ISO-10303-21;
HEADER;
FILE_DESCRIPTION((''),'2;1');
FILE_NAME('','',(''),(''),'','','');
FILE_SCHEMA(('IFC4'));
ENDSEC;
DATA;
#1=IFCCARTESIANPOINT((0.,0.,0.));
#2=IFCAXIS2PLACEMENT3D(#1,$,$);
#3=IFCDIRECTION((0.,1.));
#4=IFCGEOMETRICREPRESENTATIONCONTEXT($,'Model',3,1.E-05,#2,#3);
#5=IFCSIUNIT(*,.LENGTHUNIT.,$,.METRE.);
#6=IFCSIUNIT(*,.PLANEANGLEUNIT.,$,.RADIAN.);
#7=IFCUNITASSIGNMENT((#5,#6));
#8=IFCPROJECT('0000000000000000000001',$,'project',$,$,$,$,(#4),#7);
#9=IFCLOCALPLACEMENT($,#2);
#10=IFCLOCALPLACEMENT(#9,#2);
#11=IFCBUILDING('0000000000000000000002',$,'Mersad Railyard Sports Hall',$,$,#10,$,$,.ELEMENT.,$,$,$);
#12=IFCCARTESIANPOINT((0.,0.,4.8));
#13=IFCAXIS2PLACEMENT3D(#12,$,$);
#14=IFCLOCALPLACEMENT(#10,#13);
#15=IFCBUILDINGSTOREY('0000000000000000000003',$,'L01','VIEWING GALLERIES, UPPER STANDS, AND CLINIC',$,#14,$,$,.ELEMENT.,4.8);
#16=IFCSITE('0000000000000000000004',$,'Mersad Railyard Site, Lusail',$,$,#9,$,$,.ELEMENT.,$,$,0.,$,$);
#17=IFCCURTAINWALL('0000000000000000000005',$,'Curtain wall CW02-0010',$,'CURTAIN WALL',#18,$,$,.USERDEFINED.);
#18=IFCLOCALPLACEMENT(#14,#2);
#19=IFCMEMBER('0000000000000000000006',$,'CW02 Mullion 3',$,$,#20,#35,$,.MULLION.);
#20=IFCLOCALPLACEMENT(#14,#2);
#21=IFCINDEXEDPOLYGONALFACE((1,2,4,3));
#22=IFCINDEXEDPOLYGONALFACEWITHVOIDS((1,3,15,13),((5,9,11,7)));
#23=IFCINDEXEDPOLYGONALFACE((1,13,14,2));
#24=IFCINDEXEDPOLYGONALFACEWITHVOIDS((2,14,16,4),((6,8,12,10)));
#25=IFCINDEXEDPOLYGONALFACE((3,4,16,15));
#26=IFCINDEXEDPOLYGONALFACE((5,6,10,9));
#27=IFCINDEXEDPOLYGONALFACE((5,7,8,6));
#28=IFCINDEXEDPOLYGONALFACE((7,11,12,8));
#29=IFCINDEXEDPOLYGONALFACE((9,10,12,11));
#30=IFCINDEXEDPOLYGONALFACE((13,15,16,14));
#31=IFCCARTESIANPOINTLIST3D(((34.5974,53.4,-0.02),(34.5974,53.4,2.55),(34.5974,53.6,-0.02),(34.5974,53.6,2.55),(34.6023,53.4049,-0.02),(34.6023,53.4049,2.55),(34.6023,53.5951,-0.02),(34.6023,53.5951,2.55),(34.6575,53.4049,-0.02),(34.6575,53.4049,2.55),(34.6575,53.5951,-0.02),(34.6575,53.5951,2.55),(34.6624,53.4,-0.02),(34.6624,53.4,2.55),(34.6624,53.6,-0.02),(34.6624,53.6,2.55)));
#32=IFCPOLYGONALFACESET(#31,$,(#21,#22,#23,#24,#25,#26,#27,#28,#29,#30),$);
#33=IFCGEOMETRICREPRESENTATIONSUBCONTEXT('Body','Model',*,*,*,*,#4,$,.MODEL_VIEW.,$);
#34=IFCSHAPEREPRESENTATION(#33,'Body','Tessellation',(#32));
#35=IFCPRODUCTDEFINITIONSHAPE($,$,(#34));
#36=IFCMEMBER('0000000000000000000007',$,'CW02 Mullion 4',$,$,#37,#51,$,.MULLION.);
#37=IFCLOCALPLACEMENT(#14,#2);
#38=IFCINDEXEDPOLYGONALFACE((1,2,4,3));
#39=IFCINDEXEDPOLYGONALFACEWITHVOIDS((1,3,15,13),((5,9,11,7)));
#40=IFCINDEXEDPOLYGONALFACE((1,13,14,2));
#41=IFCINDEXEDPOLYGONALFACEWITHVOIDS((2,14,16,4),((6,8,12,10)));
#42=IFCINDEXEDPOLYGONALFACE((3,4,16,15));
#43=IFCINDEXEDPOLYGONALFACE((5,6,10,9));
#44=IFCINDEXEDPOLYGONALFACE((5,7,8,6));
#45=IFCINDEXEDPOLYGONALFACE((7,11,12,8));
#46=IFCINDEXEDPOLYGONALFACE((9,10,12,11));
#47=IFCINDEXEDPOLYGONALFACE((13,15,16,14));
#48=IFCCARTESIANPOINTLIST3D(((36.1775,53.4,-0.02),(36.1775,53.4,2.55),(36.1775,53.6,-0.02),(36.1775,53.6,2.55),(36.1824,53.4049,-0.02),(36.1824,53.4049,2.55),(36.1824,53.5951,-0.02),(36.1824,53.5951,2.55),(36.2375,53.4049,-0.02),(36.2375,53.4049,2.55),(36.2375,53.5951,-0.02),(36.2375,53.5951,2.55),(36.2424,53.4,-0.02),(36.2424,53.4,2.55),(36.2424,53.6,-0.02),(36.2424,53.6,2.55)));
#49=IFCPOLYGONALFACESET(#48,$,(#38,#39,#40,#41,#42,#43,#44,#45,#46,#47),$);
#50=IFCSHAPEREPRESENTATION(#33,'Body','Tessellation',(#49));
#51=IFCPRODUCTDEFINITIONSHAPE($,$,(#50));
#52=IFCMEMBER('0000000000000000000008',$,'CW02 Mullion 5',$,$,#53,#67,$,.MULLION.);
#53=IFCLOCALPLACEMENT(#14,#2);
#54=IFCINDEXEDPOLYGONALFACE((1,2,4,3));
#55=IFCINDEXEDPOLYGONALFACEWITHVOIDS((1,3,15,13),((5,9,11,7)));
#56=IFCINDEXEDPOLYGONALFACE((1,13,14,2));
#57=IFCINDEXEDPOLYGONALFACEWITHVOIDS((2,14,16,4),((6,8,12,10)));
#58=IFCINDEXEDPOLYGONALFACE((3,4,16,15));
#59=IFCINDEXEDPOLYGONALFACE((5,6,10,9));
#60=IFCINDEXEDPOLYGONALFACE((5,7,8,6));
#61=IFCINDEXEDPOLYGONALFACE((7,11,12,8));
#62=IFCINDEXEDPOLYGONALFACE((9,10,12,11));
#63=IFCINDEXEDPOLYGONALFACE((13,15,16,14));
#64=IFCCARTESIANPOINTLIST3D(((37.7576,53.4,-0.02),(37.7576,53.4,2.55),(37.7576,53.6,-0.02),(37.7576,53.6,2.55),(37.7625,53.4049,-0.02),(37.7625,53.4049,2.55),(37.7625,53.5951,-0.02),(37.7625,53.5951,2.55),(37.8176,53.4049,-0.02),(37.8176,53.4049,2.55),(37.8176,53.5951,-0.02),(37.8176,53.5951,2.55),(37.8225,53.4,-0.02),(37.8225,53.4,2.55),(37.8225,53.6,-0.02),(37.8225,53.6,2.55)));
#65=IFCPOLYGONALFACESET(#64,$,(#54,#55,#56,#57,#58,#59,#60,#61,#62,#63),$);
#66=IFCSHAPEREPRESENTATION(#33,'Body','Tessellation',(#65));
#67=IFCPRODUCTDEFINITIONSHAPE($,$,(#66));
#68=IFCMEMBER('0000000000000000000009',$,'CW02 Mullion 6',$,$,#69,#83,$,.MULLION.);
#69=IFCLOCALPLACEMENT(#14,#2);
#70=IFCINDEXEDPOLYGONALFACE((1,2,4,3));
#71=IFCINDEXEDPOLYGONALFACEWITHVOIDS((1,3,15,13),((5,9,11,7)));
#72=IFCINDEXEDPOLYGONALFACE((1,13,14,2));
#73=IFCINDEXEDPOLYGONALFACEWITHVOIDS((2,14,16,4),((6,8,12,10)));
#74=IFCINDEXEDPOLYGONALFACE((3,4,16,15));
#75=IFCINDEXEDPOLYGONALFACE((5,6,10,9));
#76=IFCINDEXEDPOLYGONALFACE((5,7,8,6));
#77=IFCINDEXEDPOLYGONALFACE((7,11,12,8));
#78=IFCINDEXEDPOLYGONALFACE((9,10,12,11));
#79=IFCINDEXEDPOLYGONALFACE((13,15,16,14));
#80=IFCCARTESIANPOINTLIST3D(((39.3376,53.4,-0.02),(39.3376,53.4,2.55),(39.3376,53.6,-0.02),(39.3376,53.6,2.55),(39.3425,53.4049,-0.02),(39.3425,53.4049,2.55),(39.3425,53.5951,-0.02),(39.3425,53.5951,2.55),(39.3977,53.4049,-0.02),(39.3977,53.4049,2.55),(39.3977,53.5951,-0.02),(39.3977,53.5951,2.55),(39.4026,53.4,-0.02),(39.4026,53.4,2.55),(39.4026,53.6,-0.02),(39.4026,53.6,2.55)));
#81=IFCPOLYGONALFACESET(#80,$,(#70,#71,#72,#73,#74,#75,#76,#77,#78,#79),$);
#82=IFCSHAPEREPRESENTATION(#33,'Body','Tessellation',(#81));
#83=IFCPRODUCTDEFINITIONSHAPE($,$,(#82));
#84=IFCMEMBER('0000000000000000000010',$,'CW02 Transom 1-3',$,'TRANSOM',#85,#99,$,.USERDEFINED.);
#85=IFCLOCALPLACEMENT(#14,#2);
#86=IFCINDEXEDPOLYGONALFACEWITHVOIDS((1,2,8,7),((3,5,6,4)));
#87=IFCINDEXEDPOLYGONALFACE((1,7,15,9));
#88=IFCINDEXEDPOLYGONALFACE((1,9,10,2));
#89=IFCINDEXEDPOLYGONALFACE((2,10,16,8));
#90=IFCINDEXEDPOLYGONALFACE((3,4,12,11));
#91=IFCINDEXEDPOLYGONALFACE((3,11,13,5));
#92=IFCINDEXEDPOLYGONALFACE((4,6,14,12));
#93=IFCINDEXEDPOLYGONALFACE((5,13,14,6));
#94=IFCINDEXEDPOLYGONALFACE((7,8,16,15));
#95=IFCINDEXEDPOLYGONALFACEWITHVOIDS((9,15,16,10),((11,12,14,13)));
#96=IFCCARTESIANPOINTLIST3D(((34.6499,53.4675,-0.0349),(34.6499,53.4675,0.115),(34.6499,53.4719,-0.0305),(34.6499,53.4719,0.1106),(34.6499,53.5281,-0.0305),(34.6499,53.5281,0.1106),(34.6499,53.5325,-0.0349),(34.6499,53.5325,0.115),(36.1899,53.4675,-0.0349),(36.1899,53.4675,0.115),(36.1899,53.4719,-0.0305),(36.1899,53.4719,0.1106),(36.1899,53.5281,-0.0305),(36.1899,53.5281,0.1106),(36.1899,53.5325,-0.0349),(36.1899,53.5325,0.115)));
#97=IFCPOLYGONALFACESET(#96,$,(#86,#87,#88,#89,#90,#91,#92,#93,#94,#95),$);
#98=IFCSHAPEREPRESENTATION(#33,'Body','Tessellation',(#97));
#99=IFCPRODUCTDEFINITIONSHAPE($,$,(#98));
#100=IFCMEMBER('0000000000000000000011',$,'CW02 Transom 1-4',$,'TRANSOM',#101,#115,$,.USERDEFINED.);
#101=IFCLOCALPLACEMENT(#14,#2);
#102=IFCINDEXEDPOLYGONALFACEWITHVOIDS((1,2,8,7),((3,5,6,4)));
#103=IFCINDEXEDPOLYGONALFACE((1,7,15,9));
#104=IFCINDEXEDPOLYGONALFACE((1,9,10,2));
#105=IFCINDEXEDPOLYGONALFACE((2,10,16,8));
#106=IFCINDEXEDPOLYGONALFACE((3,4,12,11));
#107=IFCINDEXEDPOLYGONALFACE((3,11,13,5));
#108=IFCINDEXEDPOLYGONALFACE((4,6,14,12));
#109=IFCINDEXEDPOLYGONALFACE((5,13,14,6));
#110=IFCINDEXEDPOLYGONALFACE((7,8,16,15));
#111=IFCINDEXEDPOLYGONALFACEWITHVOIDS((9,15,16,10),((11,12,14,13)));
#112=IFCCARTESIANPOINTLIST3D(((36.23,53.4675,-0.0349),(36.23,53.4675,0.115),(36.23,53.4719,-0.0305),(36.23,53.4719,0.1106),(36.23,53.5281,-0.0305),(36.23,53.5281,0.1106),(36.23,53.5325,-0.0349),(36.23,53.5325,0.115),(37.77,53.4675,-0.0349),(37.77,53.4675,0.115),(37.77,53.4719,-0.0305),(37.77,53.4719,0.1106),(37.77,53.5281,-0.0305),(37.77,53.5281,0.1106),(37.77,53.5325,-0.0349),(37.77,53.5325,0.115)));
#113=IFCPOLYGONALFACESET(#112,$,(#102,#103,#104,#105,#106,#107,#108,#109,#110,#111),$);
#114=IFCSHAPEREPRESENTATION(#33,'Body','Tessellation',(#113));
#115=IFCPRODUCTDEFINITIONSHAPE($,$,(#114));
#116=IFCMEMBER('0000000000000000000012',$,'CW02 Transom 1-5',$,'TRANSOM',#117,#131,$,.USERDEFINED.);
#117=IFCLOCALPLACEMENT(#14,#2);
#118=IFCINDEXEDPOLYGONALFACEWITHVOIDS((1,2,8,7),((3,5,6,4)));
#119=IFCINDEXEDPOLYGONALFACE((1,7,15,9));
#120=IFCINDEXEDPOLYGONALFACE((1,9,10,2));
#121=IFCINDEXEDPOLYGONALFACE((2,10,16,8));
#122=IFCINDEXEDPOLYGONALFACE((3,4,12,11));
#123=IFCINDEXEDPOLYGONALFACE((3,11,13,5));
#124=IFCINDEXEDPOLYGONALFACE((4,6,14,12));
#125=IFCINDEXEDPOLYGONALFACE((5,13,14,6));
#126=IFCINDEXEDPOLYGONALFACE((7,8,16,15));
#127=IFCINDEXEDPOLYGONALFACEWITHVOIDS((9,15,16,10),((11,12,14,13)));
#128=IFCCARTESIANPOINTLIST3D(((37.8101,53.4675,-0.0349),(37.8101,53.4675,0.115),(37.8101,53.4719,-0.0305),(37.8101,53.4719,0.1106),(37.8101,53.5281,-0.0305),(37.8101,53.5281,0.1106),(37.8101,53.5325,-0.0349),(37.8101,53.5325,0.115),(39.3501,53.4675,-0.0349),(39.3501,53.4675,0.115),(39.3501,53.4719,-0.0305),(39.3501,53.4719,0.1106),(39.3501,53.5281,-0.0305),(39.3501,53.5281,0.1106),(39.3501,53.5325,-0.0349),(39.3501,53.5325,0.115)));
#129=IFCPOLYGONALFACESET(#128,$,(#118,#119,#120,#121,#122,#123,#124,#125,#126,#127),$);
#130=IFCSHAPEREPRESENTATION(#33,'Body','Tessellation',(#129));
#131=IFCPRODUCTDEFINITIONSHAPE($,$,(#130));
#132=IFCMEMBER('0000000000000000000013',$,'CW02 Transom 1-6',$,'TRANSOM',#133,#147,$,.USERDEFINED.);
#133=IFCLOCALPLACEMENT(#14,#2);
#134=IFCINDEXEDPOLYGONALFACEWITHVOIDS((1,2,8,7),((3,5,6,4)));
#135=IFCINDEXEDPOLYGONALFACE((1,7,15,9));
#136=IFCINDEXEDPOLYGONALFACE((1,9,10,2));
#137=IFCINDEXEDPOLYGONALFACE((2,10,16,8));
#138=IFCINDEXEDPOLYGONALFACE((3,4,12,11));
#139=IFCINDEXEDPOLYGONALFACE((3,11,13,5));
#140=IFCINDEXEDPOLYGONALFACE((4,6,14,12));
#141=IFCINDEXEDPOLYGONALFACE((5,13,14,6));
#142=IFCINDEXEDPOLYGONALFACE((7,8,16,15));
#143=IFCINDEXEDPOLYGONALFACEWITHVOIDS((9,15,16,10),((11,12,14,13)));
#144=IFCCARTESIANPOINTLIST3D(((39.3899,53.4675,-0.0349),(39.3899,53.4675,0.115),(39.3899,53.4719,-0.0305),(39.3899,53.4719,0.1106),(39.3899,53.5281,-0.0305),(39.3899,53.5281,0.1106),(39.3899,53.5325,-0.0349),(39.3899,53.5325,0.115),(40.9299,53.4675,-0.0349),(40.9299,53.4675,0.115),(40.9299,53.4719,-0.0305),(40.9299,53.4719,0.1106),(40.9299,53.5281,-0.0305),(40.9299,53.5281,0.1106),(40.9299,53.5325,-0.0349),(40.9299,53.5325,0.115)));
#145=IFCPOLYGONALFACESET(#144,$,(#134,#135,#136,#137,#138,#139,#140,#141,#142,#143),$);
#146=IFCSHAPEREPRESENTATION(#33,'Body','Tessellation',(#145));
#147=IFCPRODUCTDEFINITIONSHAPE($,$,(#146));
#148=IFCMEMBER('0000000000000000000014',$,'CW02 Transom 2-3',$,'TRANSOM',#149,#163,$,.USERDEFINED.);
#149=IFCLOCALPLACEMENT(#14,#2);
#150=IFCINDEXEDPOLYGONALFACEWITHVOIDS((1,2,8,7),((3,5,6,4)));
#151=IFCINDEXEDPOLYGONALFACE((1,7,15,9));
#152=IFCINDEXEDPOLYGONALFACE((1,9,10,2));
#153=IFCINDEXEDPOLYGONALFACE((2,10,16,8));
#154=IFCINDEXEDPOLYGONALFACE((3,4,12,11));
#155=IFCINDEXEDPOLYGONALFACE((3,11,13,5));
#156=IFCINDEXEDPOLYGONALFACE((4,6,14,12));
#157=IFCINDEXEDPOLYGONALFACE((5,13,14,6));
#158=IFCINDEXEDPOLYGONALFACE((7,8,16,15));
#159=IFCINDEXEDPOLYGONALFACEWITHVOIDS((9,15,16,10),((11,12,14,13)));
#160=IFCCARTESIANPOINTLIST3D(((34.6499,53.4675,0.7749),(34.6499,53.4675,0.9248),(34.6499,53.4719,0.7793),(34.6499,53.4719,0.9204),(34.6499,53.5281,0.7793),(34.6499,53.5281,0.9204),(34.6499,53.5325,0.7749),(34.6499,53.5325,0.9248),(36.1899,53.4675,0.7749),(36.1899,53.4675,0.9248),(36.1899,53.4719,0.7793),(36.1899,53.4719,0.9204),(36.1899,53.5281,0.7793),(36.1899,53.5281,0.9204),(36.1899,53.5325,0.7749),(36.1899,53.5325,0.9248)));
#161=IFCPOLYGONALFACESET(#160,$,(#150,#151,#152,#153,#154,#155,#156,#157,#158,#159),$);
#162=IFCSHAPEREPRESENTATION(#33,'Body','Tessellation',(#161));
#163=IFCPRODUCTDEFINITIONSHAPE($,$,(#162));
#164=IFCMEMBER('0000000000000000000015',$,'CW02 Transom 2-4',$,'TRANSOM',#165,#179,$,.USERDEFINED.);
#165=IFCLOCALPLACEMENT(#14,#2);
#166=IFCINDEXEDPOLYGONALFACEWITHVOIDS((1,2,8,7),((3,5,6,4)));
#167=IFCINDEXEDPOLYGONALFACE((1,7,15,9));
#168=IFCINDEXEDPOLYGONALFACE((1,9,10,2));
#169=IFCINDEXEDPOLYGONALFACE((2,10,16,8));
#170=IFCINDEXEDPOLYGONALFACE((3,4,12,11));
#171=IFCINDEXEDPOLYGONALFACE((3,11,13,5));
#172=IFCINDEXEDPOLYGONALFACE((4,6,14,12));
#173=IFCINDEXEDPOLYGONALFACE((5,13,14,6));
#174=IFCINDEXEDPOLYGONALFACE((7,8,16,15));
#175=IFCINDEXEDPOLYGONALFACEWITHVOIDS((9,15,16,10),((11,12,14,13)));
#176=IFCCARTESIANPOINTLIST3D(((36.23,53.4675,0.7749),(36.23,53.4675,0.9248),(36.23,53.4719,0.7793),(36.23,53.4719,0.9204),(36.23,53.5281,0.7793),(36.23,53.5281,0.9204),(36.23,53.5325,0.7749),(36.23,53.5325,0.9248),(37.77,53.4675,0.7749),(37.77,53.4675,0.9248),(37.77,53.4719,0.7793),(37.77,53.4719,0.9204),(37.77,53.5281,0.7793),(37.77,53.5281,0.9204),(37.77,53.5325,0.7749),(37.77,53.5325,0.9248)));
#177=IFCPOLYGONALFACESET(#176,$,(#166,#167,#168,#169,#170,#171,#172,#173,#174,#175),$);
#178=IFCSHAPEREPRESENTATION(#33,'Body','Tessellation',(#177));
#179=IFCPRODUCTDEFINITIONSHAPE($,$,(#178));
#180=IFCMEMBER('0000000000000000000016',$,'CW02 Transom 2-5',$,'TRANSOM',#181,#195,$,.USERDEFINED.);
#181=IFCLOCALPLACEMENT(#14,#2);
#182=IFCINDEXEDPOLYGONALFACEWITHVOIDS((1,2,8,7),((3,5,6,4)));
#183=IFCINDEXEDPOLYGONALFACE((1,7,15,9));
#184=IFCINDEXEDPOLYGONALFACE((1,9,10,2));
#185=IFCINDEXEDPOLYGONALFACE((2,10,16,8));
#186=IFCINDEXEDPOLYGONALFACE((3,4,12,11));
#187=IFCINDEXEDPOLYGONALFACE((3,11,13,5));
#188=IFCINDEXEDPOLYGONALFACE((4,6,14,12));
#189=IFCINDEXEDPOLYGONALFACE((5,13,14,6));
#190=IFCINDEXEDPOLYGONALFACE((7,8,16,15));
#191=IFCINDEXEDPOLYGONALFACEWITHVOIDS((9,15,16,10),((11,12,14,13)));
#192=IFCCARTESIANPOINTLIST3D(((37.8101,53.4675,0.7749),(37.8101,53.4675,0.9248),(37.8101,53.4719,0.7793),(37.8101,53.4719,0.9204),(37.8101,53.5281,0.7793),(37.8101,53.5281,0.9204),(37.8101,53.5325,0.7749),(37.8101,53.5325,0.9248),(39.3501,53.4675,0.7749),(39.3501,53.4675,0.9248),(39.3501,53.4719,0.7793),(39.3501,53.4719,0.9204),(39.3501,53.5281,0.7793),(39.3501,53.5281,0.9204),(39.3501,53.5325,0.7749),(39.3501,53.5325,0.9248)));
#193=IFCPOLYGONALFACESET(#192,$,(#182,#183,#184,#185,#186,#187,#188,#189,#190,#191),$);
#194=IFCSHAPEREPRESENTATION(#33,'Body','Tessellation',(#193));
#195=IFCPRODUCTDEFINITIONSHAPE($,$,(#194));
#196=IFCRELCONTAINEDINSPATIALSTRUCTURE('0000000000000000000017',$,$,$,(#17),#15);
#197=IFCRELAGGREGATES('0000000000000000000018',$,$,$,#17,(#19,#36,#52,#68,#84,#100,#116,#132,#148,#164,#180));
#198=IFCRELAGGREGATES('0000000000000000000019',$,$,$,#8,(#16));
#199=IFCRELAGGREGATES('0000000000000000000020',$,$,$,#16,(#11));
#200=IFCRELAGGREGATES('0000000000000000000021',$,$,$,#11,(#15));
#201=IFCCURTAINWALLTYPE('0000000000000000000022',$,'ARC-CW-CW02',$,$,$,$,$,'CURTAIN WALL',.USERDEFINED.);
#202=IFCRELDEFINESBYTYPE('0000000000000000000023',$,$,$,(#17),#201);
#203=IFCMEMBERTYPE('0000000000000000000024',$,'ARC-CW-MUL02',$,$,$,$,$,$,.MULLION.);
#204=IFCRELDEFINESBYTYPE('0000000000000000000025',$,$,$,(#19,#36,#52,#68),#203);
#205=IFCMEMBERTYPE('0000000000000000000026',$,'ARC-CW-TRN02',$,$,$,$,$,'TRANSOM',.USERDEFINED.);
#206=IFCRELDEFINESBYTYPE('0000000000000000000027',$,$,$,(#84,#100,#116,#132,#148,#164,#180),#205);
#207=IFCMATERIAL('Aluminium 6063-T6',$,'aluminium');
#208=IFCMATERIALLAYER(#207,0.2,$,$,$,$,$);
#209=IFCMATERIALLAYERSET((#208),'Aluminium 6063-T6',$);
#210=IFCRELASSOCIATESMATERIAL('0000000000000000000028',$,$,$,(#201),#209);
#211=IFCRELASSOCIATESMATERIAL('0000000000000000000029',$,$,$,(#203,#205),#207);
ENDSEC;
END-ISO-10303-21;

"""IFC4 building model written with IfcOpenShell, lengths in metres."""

from ifc_helpers import new_model, si_unit, direction, frame, origin, origin_2d, place, context, subcontext, project, spatial, hollow_rectangle, extrude, material, layer, layer_set, material_profile, profile_set, type_object, element, aggregate, save


model = new_model("IFC4")

# Units and contexts
model_context = context("Model", 3, precision=1e-05, world=origin(), true_north=direction((0.0, 1.0)))
body_context = subcontext(model_context, "Body", "Model", "MODEL_VIEW")
ifc_project = project(units=[si_unit("LENGTHUNIT", "METRE"), si_unit("PLANEANGLEUNIT", "RADIAN")], contexts=[model_context])

# Site, building, storey
site_placement = place(None, origin())
site = spatial("IfcSite", under=ifc_project, at=site_placement, Name="Mersad Railyard Site, Lusail", CompositionType="ELEMENT", RefElevation=0.0)
building_placement = place(site_placement, origin())
building = spatial("IfcBuilding", under=site, at=building_placement, Name="Mersad Railyard Sports Hall", CompositionType="ELEMENT")
storey_placement = place(building_placement, frame((0.0, 0.0, 4.8)))
storey = spatial("IfcBuildingStorey", under=building, at=storey_placement, Name="L01", Description="VIEWING GALLERIES, UPPER STANDS, AND CLINIC", CompositionType="ELEMENT", Elevation=4.8)

# Curtain wall, members
ifc_material_1 = material(Name="Aluminium 6063-T6", Category="aluminium")
ifc_layer_1 = layer(ifc_material_1, 0.2)
ifc_layer_set_1 = layer_set([ifc_layer_1], Name="Aluminium 6063-T6")
curtain_wall_type = type_object("IfcCurtainWallType", Name="ARC-CW-CW02", ElementType="CURTAIN WALL", PredefinedType="USERDEFINED", material=ifc_layer_set_1)
curtain_wall_placement = place(storey_placement, origin())
curtain_wall = element("IfcCurtainWall", 1, at=curtain_wall_placement, inside=storey, type_object=curtain_wall_type, Name="Curtain wall CW02-0010", ObjectType="CURTAIN WALL", PredefinedType="USERDEFINED")
ifc_material_profile_1 = material_profile(ifc_material_1, hollow_rectangle(XDim=0.0649, YDim=0.2, WallThickness=0.0049, at=origin_2d()), Name="AL MULLION 65x200x5")
ifc_profile_set_1 = profile_set([ifc_material_profile_1], Name="Aluminium 6063-T6")
member_type_1 = type_object("IfcMemberType", Name="ARC-CW-MUL02", PredefinedType="MULLION", material=ifc_profile_set_1)
member_1_placement = place(storey_placement, frame((34.6299, 53.5, -0.02), z_axis=(0.0, 0.0, 1.0), x_axis=(1.0, 0.0, 0.0)))
member_1 = element("IfcMember", 2, at=member_1_placement, type_object=member_type_1, Name="CW02 Mullion 3", PredefinedType="MULLION", context=body_context, shape_type="SweptSolid", body=[
    extrude(hollow_rectangle(XDim=0.0649, YDim=0.2, WallThickness=0.0049, at=origin_2d()), origin(), (0.0, 0.0, 1.0), 2.5701),
])
member_2_placement = place(storey_placement, frame((36.21, 53.5, -0.02), z_axis=(0.0, 0.0, 1.0), x_axis=(1.0, 0.0, 0.0)))
member_2 = element("IfcMember", 3, at=member_2_placement, type_object=member_type_1, Name="CW02 Mullion 4", PredefinedType="MULLION", context=body_context, shape_type="SweptSolid", body=[
    extrude(hollow_rectangle(XDim=0.0649, YDim=0.2, WallThickness=0.0049, at=origin_2d()), origin(), (0.0, 0.0, 1.0), 2.5701),
])
member_3_placement = place(storey_placement, frame((37.79, 53.5, -0.02), z_axis=(0.0, 0.0, 1.0), x_axis=(1.0, 0.0, 0.0)))
member_3 = element("IfcMember", 4, at=member_3_placement, type_object=member_type_1, Name="CW02 Mullion 5", PredefinedType="MULLION", context=body_context, shape_type="SweptSolid", body=[
    extrude(hollow_rectangle(XDim=0.0649, YDim=0.2, WallThickness=0.0049, at=origin_2d()), origin(), (0.0, 0.0, 1.0), 2.5701),
])
member_4_placement = place(storey_placement, frame((39.3701, 53.5, -0.02), z_axis=(0.0, 0.0, 1.0), x_axis=(1.0, 0.0, 0.0)))
member_4 = element("IfcMember", 5, at=member_4_placement, type_object=member_type_1, Name="CW02 Mullion 6", PredefinedType="MULLION", context=body_context, shape_type="SweptSolid", body=[
    extrude(hollow_rectangle(XDim=0.0649, YDim=0.2, WallThickness=0.0049, at=origin_2d()), origin(), (0.0, 0.0, 1.0), 2.5701),
])
ifc_material_profile_2 = material_profile(ifc_material_1, hollow_rectangle(XDim=0.0649, YDim=0.1499, WallThickness=0.0044, at=origin_2d()), Name="AL TRANSOM 65x150x4.5")
ifc_profile_set_2 = profile_set([ifc_material_profile_2], Name="Aluminium 6063-T6")
member_type_2 = type_object("IfcMemberType", Name="ARC-CW-TRN02", ElementType="TRANSOM", PredefinedType="USERDEFINED", material=ifc_profile_set_2)
member_5_placement = place(storey_placement, frame((34.6499, 53.5, 0.04), z_axis=(1.0, 0.0, 0.0), x_axis=(0.0, 1.0, 0.0)))
member_5 = element("IfcMember", 6, at=member_5_placement, type_object=member_type_2, Name="CW02 Transom 1-3", ObjectType="TRANSOM", PredefinedType="USERDEFINED", context=body_context, shape_type="SweptSolid", body=[
    extrude(hollow_rectangle(XDim=0.0649, YDim=0.1499, WallThickness=0.0044, at=origin_2d()), origin(), (0.0, 0.0, 1.0), 1.54),
])
member_6_placement = place(storey_placement, frame((36.23, 53.5, 0.04), z_axis=(1.0, 0.0, 0.0), x_axis=(0.0, 1.0, 0.0)))
member_6 = element("IfcMember", 7, at=member_6_placement, type_object=member_type_2, Name="CW02 Transom 1-4", ObjectType="TRANSOM", PredefinedType="USERDEFINED", context=body_context, shape_type="SweptSolid", body=[
    extrude(hollow_rectangle(XDim=0.0649, YDim=0.1499, WallThickness=0.0044, at=origin_2d()), origin(), (0.0, 0.0, 1.0), 1.54),
])
member_7_placement = place(storey_placement, frame((37.8101, 53.5, 0.04), z_axis=(1.0, 0.0, 0.0), x_axis=(0.0, 1.0, 0.0)))
member_7 = element("IfcMember", 8, at=member_7_placement, type_object=member_type_2, Name="CW02 Transom 1-5", ObjectType="TRANSOM", PredefinedType="USERDEFINED", context=body_context, shape_type="SweptSolid", body=[
    extrude(hollow_rectangle(XDim=0.0649, YDim=0.1499, WallThickness=0.0044, at=origin_2d()), origin(), (0.0, 0.0, 1.0), 1.54),
])
member_8_placement = place(storey_placement, frame((39.3899, 53.5, 0.04), z_axis=(1.0, 0.0, 0.0), x_axis=(0.0, 1.0, 0.0)))
member_8 = element("IfcMember", 9, at=member_8_placement, type_object=member_type_2, Name="CW02 Transom 1-6", ObjectType="TRANSOM", PredefinedType="USERDEFINED", context=body_context, shape_type="SweptSolid", body=[
    extrude(hollow_rectangle(XDim=0.0649, YDim=0.1499, WallThickness=0.0044, at=origin_2d()), origin(), (0.0, 0.0, 1.0), 1.54),
])
member_9_placement = place(storey_placement, frame((34.6499, 53.5, 0.8499), z_axis=(1.0, 0.0, 0.0), x_axis=(0.0, 1.0, 0.0)))
member_9 = element("IfcMember", 10, at=member_9_placement, type_object=member_type_2, Name="CW02 Transom 2-3", ObjectType="TRANSOM", PredefinedType="USERDEFINED", context=body_context, shape_type="SweptSolid", body=[
    extrude(hollow_rectangle(XDim=0.0649, YDim=0.1499, WallThickness=0.0044, at=origin_2d()), origin(), (0.0, 0.0, 1.0), 1.54),
])
member_10_placement = place(storey_placement, frame((36.23, 53.5, 0.8499), z_axis=(1.0, 0.0, 0.0), x_axis=(0.0, 1.0, 0.0)))
member_10 = element("IfcMember", 11, at=member_10_placement, type_object=member_type_2, Name="CW02 Transom 2-4", ObjectType="TRANSOM", PredefinedType="USERDEFINED", context=body_context, shape_type="SweptSolid", body=[
    extrude(hollow_rectangle(XDim=0.0649, YDim=0.1499, WallThickness=0.0044, at=origin_2d()), origin(), (0.0, 0.0, 1.0), 1.54),
])
member_11_placement = place(storey_placement, frame((37.8101, 53.5, 0.8499), z_axis=(1.0, 0.0, 0.0), x_axis=(0.0, 1.0, 0.0)))
member_11 = element("IfcMember", 12, at=member_11_placement, type_object=member_type_2, Name="CW02 Transom 2-5", ObjectType="TRANSOM", PredefinedType="USERDEFINED", context=body_context, shape_type="SweptSolid", body=[
    extrude(hollow_rectangle(XDim=0.0649, YDim=0.1499, WallThickness=0.0044, at=origin_2d()), origin(), (0.0, 0.0, 1.0), 1.54),
])

aggregate(curtain_wall, [member_1, member_2, member_3, member_4, member_5, member_6, member_7, member_8, member_9, member_10, member_11])

save(model, "model.ifc")
